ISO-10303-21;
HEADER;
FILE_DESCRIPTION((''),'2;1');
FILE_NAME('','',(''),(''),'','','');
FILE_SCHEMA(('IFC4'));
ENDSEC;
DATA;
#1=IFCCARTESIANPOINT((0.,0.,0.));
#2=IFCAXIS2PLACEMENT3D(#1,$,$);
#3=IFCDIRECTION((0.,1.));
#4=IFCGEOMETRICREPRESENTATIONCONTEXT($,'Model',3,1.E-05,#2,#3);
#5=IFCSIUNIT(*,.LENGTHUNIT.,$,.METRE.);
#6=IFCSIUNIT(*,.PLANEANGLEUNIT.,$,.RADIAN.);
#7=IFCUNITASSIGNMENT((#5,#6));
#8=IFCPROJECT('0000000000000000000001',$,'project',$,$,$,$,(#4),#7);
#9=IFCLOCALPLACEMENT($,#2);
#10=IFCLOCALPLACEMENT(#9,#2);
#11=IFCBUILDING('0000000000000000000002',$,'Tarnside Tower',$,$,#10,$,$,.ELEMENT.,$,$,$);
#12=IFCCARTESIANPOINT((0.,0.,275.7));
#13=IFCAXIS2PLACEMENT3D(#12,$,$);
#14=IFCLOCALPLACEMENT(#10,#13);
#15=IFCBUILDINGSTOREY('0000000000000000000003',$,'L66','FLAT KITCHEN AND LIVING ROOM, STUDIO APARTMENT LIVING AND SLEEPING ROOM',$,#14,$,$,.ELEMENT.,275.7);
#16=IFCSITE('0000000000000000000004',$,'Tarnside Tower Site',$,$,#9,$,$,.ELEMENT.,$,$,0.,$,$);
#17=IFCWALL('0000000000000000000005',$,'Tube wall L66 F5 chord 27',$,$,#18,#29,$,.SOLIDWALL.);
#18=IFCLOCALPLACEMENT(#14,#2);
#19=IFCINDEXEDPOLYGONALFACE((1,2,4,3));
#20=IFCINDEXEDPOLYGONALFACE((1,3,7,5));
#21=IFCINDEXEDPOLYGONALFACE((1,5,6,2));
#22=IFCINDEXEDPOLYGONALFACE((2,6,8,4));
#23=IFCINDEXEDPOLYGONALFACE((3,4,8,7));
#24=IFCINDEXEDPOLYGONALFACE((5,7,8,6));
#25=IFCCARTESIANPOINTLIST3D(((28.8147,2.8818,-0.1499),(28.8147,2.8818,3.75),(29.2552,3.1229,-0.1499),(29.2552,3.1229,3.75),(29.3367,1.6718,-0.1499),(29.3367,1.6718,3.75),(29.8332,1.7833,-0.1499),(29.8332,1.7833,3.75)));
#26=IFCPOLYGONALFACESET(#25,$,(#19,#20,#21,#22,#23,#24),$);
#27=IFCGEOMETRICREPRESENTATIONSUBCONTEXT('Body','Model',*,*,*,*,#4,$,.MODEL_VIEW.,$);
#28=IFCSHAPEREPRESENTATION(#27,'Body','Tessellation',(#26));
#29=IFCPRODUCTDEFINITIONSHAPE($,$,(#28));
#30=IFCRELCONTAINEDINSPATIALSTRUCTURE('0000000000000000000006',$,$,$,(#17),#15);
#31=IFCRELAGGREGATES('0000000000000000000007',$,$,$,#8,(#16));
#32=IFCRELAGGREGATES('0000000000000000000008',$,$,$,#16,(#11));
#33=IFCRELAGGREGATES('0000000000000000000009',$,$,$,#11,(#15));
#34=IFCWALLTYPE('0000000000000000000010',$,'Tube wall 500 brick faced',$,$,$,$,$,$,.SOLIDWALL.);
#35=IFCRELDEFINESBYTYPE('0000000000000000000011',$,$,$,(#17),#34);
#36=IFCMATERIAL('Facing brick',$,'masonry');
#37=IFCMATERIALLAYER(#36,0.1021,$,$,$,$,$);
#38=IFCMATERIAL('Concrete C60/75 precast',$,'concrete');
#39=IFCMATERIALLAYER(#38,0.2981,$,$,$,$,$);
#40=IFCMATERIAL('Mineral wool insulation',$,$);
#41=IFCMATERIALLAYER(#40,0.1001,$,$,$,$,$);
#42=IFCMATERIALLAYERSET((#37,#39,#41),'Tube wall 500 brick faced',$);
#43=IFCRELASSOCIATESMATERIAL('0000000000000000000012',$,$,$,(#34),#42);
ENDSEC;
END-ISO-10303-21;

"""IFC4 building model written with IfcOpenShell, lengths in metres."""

from ifc_helpers import new_model, si_unit, direction, frame, origin, place, context, subcontext, project, spatial, polyline, outline, extrude, material, layer, layer_set, type_object, element, save


model = new_model("IFC4")

# Units and contexts
model_context = context("Model", 3, precision=1e-05, world=origin(), true_north=direction((0.0, 1.0)))
body_context = subcontext(model_context, "Body", "Model", "MODEL_VIEW")
ifc_project = project(units=[si_unit("LENGTHUNIT", "METRE"), si_unit("PLANEANGLEUNIT", "RADIAN")], contexts=[model_context])

# Site, building, storey
site_placement = place(None, origin())
site = spatial("IfcSite", under=ifc_project, at=site_placement, Name="Tarnside Tower Site", CompositionType="ELEMENT", RefElevation=0.0)
building_placement = place(site_placement, origin())
building = spatial("IfcBuilding", under=site, at=building_placement, Name="Tarnside Tower", CompositionType="ELEMENT")
storey_placement = place(building_placement, frame((0.0, 0.0, 275.7)))
storey = spatial("IfcBuildingStorey", under=building, at=storey_placement, Name="L66", Description="FLAT KITCHEN AND LIVING ROOM, STUDIO APARTMENT LIVING AND SLEEPING ROOM", CompositionType="ELEMENT", Elevation=275.7)

# Shared definitions
ifc_material_1 = material(Name="Concrete C60/75 precast", Category="concrete")
ifc_material_2 = material(Name="Mineral wool insulation")

# Wall
ifc_material_3 = material(Name="Facing brick", Category="masonry")
ifc_layer_1 = layer(ifc_material_3, 0.1021)
ifc_layer_2 = layer(ifc_material_1, 0.2981)
ifc_layer_3 = layer(ifc_material_2, 0.1001)
ifc_layer_set_1 = layer_set([ifc_layer_1, ifc_layer_2, ifc_layer_3], Name="Tube wall 500 brick faced")
wall_type_1 = type_object("IfcWallType", Name="Tube wall 500 brick faced", PredefinedType="SOLIDWALL", material=ifc_layer_set_1)
wall_1_placement = place(storey_placement, frame((29.585, 1.7275, -0.1499), z_axis=(0.0, 0.0, 1.0), x_axis=(-0.396146, 0.918187, 0.0)))
element("IfcWall", 1, at=wall_1_placement, inside=storey, type_object=wall_type_1, Name="Tube wall L66 F5 chord 27", PredefinedType="SOLIDWALL", context=body_context, shape_type="SweptSolid", body=[
    extrude(outline(polyline([(-0.0471, -0.25), (1.4119, -0.25), (1.365, 0.25), (0.0471, 0.25), (-0.0471, -0.25)])), origin(), (0.0, 0.0, 1.0), 3.8999),
])

save(model, "model.ifc")
